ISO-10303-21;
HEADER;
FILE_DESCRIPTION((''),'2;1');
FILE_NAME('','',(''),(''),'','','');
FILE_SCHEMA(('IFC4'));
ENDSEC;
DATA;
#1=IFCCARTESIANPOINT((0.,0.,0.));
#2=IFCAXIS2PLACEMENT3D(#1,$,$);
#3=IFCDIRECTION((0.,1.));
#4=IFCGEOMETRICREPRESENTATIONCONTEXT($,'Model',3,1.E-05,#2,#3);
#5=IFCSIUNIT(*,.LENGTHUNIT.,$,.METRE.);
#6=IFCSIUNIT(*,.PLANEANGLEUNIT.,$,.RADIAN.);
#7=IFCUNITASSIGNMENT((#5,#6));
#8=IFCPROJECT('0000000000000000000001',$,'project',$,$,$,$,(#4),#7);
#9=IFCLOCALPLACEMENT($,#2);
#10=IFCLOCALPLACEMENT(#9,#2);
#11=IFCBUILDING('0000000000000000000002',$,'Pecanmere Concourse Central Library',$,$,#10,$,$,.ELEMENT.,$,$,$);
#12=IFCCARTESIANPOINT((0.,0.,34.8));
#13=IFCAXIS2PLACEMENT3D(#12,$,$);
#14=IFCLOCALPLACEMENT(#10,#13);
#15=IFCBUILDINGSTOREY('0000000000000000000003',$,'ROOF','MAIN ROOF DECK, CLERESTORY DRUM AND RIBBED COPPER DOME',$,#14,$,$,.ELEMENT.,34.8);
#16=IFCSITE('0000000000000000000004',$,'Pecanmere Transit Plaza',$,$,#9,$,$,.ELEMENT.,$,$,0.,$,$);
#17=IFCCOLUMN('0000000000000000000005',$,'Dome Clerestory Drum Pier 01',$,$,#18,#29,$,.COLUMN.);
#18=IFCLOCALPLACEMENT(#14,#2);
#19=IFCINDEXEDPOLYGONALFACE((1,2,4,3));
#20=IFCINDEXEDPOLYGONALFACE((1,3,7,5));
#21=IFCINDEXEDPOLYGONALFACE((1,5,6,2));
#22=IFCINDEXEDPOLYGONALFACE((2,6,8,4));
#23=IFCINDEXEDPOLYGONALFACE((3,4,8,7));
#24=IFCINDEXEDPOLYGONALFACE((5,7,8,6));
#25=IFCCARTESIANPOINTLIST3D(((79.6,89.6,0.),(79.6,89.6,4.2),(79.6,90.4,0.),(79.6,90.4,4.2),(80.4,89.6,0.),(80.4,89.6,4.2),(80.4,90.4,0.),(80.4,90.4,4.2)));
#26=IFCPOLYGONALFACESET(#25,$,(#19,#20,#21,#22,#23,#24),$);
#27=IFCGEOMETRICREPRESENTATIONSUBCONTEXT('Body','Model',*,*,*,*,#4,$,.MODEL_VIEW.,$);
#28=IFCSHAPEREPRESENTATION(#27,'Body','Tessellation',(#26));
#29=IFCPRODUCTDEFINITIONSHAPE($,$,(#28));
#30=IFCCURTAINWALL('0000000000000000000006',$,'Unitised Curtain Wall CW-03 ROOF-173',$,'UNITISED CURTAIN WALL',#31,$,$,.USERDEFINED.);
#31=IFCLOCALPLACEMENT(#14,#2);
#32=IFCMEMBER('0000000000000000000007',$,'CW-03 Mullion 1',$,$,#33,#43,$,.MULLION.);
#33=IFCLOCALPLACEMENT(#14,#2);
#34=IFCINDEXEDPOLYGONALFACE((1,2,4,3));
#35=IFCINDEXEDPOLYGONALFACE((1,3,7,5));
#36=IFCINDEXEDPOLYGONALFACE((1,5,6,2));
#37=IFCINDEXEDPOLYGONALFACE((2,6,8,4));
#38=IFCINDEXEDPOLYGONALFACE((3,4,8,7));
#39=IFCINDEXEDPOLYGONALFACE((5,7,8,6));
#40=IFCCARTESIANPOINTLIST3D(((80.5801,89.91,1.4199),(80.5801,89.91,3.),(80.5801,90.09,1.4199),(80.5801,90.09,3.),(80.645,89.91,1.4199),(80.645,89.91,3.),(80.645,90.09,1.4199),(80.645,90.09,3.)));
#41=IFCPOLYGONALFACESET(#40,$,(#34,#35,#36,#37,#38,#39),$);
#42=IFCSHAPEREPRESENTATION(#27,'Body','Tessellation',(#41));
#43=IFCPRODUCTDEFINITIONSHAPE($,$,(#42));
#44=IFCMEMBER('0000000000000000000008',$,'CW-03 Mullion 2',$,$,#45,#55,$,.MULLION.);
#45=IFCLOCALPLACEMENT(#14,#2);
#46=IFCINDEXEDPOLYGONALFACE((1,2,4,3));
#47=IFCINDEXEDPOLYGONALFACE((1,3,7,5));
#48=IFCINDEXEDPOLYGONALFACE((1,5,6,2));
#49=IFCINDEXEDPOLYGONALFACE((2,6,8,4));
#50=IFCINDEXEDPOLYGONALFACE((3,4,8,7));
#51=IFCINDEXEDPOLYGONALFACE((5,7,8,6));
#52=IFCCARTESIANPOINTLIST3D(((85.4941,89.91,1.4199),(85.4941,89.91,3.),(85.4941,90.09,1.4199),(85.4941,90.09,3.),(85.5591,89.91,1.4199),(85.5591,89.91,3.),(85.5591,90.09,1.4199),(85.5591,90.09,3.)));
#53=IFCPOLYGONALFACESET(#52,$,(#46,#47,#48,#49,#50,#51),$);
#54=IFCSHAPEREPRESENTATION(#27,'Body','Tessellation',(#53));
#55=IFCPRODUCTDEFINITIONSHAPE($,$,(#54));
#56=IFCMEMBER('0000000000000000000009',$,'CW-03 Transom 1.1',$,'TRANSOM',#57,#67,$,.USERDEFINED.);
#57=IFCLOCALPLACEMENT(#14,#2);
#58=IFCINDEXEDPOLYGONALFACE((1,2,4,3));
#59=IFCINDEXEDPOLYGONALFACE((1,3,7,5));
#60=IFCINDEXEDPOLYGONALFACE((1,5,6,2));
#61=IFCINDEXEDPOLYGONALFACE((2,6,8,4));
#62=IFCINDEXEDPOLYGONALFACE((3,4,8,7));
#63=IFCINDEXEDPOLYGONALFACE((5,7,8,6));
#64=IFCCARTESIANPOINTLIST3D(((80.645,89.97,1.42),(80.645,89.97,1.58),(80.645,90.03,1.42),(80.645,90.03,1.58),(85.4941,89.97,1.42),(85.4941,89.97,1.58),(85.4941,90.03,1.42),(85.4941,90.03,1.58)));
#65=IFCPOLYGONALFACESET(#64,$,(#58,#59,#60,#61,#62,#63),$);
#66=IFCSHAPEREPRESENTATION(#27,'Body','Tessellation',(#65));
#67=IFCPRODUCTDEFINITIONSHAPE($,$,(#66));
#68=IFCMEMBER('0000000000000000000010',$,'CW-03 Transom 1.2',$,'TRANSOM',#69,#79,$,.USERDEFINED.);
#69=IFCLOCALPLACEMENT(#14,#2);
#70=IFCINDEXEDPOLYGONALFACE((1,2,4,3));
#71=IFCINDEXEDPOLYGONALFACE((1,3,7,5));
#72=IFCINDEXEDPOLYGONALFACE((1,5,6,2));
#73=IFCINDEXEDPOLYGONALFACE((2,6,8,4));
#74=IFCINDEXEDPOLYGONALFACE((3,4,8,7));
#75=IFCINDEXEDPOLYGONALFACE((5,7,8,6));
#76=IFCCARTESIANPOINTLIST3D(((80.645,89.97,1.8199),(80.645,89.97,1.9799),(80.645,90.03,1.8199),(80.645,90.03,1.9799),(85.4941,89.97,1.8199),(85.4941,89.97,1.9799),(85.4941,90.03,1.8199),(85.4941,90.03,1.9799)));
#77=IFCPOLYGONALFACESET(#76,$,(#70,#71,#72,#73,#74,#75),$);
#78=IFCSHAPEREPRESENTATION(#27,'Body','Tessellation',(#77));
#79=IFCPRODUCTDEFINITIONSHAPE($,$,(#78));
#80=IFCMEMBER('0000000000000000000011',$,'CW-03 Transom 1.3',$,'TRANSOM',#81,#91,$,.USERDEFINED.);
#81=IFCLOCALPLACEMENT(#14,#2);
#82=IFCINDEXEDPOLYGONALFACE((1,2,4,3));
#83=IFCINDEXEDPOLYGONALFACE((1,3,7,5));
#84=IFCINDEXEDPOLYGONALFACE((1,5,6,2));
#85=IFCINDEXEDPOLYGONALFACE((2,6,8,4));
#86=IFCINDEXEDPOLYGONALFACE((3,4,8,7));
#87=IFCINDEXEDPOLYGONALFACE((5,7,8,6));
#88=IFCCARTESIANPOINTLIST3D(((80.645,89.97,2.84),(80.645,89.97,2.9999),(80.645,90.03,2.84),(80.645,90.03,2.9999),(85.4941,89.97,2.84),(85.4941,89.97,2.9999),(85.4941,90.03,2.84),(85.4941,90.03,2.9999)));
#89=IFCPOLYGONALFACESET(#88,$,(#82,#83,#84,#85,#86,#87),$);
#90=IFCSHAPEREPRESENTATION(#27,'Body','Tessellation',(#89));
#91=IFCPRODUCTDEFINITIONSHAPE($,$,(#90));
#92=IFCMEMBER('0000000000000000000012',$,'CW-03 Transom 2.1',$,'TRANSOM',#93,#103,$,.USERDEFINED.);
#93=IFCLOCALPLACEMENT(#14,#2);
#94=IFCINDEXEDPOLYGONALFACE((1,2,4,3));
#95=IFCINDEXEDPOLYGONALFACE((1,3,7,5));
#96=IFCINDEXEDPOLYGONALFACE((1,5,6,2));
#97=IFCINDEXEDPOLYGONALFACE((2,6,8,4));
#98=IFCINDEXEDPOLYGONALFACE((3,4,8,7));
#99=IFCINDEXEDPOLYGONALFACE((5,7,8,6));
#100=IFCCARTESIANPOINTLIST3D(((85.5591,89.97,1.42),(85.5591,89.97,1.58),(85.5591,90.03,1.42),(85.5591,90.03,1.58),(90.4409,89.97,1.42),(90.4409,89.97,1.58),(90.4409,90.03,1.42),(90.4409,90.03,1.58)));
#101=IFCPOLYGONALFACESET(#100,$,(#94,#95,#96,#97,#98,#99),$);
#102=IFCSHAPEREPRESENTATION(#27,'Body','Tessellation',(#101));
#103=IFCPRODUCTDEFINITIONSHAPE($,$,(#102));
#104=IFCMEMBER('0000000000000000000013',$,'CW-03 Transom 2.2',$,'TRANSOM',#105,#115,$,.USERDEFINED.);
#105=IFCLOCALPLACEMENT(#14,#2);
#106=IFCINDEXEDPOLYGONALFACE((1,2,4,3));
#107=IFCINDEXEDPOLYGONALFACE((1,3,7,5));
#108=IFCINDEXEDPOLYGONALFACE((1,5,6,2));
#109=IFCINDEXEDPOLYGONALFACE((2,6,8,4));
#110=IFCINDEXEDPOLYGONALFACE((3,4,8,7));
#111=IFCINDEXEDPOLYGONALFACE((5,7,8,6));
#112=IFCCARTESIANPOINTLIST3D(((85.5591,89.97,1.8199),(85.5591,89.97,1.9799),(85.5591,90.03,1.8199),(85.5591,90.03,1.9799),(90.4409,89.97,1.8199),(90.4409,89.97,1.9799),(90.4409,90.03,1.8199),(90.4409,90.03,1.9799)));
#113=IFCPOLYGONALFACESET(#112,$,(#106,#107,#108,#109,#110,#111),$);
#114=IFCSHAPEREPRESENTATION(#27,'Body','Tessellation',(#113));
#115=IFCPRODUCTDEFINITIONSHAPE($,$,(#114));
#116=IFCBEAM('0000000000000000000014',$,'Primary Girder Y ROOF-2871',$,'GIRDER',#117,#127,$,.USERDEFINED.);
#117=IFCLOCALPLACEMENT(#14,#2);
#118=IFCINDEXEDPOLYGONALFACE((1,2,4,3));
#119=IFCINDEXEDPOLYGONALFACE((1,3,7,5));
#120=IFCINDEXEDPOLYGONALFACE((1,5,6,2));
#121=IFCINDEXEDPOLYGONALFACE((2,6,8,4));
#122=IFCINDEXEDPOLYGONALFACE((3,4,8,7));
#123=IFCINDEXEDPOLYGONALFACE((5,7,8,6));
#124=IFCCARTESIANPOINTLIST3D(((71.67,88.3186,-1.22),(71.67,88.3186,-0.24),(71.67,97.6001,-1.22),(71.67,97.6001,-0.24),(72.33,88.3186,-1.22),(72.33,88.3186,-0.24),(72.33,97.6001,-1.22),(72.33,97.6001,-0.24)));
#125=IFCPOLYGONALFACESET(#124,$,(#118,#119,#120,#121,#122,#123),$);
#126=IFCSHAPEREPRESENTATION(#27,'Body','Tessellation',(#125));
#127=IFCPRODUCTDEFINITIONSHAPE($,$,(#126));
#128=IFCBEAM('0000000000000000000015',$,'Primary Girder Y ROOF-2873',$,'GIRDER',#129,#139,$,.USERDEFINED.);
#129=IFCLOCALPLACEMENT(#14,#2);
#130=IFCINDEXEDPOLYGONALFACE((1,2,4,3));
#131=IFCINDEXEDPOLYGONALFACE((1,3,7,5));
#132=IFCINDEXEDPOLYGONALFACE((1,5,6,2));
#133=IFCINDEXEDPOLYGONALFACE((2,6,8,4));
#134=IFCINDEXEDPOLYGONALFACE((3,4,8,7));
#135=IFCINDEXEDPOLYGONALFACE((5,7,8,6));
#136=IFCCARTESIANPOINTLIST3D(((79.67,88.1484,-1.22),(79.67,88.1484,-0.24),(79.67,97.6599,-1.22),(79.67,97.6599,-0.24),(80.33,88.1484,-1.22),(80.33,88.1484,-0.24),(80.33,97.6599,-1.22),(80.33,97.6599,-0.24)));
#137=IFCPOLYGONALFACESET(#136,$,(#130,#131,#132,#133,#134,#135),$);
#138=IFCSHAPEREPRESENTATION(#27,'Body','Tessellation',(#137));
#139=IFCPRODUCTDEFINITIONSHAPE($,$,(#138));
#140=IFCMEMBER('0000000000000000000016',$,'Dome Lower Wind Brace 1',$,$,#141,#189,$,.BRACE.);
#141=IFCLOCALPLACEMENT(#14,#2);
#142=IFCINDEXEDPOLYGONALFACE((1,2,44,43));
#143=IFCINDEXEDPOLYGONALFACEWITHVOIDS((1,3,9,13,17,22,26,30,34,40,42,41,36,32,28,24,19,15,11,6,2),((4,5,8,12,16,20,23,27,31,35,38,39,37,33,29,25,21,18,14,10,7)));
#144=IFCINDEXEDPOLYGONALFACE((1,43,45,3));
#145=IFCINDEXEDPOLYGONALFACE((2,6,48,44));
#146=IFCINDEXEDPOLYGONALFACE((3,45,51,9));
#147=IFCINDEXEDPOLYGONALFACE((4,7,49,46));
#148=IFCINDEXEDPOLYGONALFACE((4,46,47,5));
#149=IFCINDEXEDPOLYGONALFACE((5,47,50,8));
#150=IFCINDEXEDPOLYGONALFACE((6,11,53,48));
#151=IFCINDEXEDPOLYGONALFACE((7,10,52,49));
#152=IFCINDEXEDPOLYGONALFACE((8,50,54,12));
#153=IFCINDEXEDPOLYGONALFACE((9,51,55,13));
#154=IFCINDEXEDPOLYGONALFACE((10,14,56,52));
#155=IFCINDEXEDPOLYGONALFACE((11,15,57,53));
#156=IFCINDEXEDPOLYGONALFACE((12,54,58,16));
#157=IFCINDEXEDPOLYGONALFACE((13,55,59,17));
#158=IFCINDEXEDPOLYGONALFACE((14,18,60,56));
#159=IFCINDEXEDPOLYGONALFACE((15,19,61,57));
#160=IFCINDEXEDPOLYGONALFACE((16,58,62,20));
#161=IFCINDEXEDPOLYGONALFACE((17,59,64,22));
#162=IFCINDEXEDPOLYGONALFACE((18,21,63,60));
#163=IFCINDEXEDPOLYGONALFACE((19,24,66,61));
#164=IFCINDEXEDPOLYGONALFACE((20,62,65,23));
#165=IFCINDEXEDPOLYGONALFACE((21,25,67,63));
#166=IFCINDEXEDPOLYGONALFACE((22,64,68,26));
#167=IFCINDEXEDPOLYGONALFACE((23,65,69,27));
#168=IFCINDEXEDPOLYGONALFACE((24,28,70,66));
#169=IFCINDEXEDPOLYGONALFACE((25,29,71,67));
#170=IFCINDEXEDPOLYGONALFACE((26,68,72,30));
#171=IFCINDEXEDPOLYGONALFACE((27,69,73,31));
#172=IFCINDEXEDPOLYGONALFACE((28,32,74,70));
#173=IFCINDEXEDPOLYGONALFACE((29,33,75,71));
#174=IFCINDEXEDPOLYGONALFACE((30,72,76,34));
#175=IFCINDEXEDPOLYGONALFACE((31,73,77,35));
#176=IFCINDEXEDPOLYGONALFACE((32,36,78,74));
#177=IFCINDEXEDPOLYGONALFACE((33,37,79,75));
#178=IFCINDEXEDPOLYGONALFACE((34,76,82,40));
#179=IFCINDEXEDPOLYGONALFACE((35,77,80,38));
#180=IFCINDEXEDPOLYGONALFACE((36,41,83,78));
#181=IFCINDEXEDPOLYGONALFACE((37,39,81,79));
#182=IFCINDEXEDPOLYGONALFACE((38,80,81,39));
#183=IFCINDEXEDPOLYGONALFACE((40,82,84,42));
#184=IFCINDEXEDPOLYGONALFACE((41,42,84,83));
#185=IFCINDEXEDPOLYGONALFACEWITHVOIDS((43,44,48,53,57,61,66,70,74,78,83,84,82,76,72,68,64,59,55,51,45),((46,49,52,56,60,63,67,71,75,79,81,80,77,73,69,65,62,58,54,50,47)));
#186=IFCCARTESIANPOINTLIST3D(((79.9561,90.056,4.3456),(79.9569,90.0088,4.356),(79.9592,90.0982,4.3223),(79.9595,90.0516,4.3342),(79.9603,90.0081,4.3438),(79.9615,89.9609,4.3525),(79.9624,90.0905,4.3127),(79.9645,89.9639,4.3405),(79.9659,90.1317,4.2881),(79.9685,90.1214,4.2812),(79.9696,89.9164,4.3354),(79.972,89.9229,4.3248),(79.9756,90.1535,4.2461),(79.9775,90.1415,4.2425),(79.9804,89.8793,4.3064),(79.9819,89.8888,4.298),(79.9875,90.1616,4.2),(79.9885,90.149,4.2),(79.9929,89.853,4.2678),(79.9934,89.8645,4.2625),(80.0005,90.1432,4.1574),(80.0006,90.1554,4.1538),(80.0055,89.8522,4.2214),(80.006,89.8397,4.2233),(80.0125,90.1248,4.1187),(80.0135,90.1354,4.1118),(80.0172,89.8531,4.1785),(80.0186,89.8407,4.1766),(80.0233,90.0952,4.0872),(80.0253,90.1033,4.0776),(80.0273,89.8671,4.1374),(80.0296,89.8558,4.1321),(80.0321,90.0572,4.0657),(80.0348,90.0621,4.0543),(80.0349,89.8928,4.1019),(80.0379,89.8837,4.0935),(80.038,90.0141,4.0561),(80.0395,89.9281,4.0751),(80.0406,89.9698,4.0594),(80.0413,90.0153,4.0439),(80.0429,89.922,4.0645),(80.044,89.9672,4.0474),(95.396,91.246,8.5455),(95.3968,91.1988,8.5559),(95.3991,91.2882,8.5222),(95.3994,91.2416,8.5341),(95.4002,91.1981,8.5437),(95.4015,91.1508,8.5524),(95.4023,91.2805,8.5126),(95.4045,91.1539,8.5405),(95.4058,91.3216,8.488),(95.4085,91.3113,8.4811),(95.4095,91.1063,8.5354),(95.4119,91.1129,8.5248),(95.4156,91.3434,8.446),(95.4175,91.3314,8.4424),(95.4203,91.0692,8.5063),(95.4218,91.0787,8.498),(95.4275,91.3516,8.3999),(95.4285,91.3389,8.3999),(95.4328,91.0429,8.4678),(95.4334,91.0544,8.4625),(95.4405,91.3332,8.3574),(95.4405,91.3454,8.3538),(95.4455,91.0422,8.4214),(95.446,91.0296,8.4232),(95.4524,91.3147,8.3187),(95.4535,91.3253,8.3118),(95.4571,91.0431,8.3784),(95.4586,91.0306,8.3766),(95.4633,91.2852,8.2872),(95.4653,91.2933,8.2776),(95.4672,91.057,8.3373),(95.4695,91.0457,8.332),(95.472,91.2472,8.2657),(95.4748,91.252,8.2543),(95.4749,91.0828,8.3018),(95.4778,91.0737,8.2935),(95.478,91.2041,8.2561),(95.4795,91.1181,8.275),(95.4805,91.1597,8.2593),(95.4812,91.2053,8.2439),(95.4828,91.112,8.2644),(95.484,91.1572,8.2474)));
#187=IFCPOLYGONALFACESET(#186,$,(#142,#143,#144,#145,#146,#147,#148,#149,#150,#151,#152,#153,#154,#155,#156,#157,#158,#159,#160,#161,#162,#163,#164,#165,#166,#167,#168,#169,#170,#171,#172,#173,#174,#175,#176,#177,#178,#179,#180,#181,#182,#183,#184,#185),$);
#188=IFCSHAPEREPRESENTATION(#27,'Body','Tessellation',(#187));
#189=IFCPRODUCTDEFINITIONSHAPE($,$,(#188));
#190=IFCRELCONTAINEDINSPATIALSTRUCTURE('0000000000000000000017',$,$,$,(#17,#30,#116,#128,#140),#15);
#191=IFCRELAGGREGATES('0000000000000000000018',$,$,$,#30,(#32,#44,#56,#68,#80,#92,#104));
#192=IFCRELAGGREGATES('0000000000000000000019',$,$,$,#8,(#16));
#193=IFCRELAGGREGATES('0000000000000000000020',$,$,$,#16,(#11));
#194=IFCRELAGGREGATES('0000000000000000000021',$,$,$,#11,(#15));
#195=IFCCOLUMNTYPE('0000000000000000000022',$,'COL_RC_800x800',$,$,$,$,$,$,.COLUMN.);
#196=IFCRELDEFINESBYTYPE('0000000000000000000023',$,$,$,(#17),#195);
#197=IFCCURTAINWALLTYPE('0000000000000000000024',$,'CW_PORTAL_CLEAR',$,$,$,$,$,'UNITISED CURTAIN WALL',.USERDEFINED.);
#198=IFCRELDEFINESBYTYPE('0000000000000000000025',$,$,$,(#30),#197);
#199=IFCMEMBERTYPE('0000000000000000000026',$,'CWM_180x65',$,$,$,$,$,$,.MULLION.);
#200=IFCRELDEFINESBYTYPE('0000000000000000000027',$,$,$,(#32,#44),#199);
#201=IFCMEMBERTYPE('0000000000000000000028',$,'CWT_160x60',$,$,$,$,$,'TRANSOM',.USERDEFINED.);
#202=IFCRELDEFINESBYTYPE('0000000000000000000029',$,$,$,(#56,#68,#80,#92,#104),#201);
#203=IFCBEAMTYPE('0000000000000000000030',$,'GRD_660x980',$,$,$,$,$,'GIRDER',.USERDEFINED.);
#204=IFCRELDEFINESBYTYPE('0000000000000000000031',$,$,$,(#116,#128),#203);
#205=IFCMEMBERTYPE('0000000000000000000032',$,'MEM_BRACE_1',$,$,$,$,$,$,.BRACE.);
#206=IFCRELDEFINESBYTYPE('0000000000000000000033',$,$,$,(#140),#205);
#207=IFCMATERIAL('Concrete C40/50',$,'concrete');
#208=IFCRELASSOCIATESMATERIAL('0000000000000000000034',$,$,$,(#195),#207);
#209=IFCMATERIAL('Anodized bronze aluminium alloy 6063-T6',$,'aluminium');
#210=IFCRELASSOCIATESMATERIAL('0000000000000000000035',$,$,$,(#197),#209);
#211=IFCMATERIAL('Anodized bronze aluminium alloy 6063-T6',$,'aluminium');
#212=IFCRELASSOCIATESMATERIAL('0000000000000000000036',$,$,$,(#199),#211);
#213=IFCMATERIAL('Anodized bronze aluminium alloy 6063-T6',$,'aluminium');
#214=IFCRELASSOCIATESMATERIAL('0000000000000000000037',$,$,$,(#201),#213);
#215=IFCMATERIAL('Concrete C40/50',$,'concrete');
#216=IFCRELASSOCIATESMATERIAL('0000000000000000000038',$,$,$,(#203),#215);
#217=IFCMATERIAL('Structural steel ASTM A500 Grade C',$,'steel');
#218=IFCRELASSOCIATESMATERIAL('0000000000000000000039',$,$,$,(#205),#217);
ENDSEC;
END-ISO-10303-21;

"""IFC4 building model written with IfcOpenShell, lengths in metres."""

from ifc_helpers import new_model, si_unit, direction, frame, origin, origin_2d, place, context, subcontext, project, spatial, rectangle, hollow_circle, extrude, material, material_profile, profile_set, type_object, element, aggregate, save


model = new_model("IFC4")

# Units and contexts
model_context = context("Model", 3, precision=1e-05, world=origin(), true_north=direction((0.0, 1.0)))
body_context = subcontext(model_context, "Body", "Model", "MODEL_VIEW")
ifc_project = project(units=[si_unit("LENGTHUNIT", "METRE"), si_unit("PLANEANGLEUNIT", "RADIAN")], contexts=[model_context])

# Site, building, storey
site_placement = place(None, origin())
site = spatial("IfcSite", under=ifc_project, at=site_placement, Name="Pecanmere Transit Plaza", CompositionType="ELEMENT", RefElevation=0.0)
building_placement = place(site_placement, origin())
building = spatial("IfcBuilding", under=site, at=building_placement, Name="Pecanmere Concourse Central Library", CompositionType="ELEMENT")
storey_placement = place(building_placement, frame((0.0, 0.0, 34.8)))
storey = spatial("IfcBuildingStorey", under=building, at=storey_placement, Name="ROOF", Description="MAIN ROOF DECK, CLERESTORY DRUM AND RIBBED COPPER DOME", CompositionType="ELEMENT", Elevation=34.8)

# Column
ifc_material_1 = material(Name="Concrete C40/50", Category="concrete")
ifc_material_profile_1 = material_profile(ifc_material_1, rectangle(XDim=0.8, YDim=0.8, at=origin_2d()), Name="RC 800x800")
ifc_profile_set_1 = profile_set([ifc_material_profile_1], Name="Concrete C40/50")
column_type = type_object("IfcColumnType", Name="COL_RC_800x800", PredefinedType="COLUMN", material=ifc_profile_set_1)
column_placement = place(storey_placement, frame((80.0, 90.0, 0.0), z_axis=(0.0, 0.0, 1.0), x_axis=(1.0, 0.0, 0.0)))
element("IfcColumn", 1, at=column_placement, inside=storey, type_object=column_type, Name="Dome Clerestory Drum Pier 01", PredefinedType="COLUMN", context=body_context, shape_type="SweptSolid", body=[
    extrude(rectangle(XDim=0.8, YDim=0.8, at=origin_2d()), origin(), (0.0, 0.0, 1.0), 4.2),
])

# Curtain wall, members
ifc_material_2 = material(Name="Anodized bronze aluminium alloy 6063-T6", Category="aluminium")
curtain_wall_type = type_object("IfcCurtainWallType", Name="CW_PORTAL_CLEAR", ElementType="UNITISED CURTAIN WALL", PredefinedType="USERDEFINED", material=ifc_material_2)
curtain_wall_placement = place(storey_placement, origin())
curtain_wall = element("IfcCurtainWall", 2, at=curtain_wall_placement, inside=storey, type_object=curtain_wall_type, Name="Unitised Curtain Wall CW-03 ROOF-173", ObjectType="UNITISED CURTAIN WALL", PredefinedType="USERDEFINED")
ifc_material_3 = material(Name="Anodized bronze aluminium alloy 6063-T6", Category="aluminium")
ifc_material_profile_2 = material_profile(ifc_material_3, rectangle(XDim=0.0649, YDim=0.1799, at=origin_2d()), Name="AL 65x180")
ifc_profile_set_2 = profile_set([ifc_material_profile_2], Name="Anodized bronze aluminium alloy 6063-T6")
member_type_1 = type_object("IfcMemberType", Name="CWM_180x65", PredefinedType="MULLION", material=ifc_profile_set_2)
member_1_placement = place(storey_placement, frame((80.6125, 90.0, 1.4199), z_axis=(0.0, 0.0, 1.0), x_axis=(1.0, 0.0, 0.0)))
member_1 = element("IfcMember", 3, at=member_1_placement, type_object=member_type_1, Name="CW-03 Mullion 1", PredefinedType="MULLION", context=body_context, shape_type="SweptSolid", body=[
    extrude(rectangle(XDim=0.0649, YDim=0.1799, at=origin_2d()), origin(), (0.0, 0.0, 1.0), 1.5801),
])
member_2_placement = place(storey_placement, frame((85.5266, 90.0, 1.4199), z_axis=(0.0, 0.0, 1.0), x_axis=(1.0, 0.0, 0.0)))
member_2 = element("IfcMember", 4, at=member_2_placement, type_object=member_type_1, Name="CW-03 Mullion 2", PredefinedType="MULLION", context=body_context, shape_type="SweptSolid", body=[
    extrude(rectangle(XDim=0.0649, YDim=0.1799, at=origin_2d()), origin(), (0.0, 0.0, 1.0), 1.5801),
])
ifc_material_4 = material(Name="Anodized bronze aluminium alloy 6063-T6", Category="aluminium")
ifc_material_profile_3 = material_profile(ifc_material_4, rectangle(XDim=0.0601, YDim=0.1599, at=origin_2d()), Name="AL 60x160")
ifc_profile_set_3 = profile_set([ifc_material_profile_3], Name="Anodized bronze aluminium alloy 6063-T6")
member_type_2 = type_object("IfcMemberType", Name="CWT_160x60", ElementType="TRANSOM", PredefinedType="USERDEFINED", material=ifc_profile_set_3)
member_3_placement = place(storey_placement, frame((80.645, 90.0, 1.5), z_axis=(1.0, 0.0, 0.0), x_axis=(0.0, 1.0, 0.0)))
member_3 = element("IfcMember", 5, at=member_3_placement, type_object=member_type_2, Name="CW-03 Transom 1.1", ObjectType="TRANSOM", PredefinedType="USERDEFINED", context=body_context, shape_type="SweptSolid", body=[
    extrude(rectangle(XDim=0.0601, YDim=0.1599, at=origin_2d()), origin(), (0.0, 0.0, 1.0), 4.8491),
])
member_4_placement = place(storey_placement, frame((80.645, 90.0, 1.8999), z_axis=(1.0, 0.0, 0.0), x_axis=(0.0, 1.0, 0.0)))
member_4 = element("IfcMember", 6, at=member_4_placement, type_object=member_type_2, Name="CW-03 Transom 1.2", ObjectType="TRANSOM", PredefinedType="USERDEFINED", context=body_context, shape_type="SweptSolid", body=[
    extrude(rectangle(XDim=0.0601, YDim=0.1599, at=origin_2d()), origin(), (0.0, 0.0, 1.0), 4.8491),
])
member_5_placement = place(storey_placement, frame((80.645, 90.0, 2.9199), z_axis=(1.0, 0.0, 0.0), x_axis=(0.0, 1.0, 0.0)))
member_5 = element("IfcMember", 7, at=member_5_placement, type_object=member_type_2, Name="CW-03 Transom 1.3", ObjectType="TRANSOM", PredefinedType="USERDEFINED", context=body_context, shape_type="SweptSolid", body=[
    extrude(rectangle(XDim=0.0601, YDim=0.1599, at=origin_2d()), origin(), (0.0, 0.0, 1.0), 4.8491),
])
member_6_placement = place(storey_placement, frame((85.5591, 90.0, 1.5), z_axis=(1.0, 0.0, 0.0), x_axis=(0.0, 1.0, 0.0)))
member_6 = element("IfcMember", 8, at=member_6_placement, type_object=member_type_2, Name="CW-03 Transom 2.1", ObjectType="TRANSOM", PredefinedType="USERDEFINED", context=body_context, shape_type="SweptSolid", body=[
    extrude(rectangle(XDim=0.0601, YDim=0.1599, at=origin_2d()), origin(), (0.0, 0.0, 1.0), 4.8818),
])
member_7_placement = place(storey_placement, frame((85.5591, 90.0, 1.8999), z_axis=(1.0, 0.0, 0.0), x_axis=(0.0, 1.0, 0.0)))
member_7 = element("IfcMember", 9, at=member_7_placement, type_object=member_type_2, Name="CW-03 Transom 2.2", ObjectType="TRANSOM", PredefinedType="USERDEFINED", context=body_context, shape_type="SweptSolid", body=[
    extrude(rectangle(XDim=0.0601, YDim=0.1599, at=origin_2d()), origin(), (0.0, 0.0, 1.0), 4.8818),
])

# Beams
ifc_material_5 = material(Name="Concrete C40/50", Category="concrete")
ifc_material_profile_4 = material_profile(ifc_material_5, rectangle(XDim=0.6599, YDim=0.98, at=origin_2d()), Name="RC 660x980")
ifc_profile_set_4 = profile_set([ifc_material_profile_4], Name="Concrete C40/50")
beam_type_1 = type_object("IfcBeamType", Name="GRD_660x980", ElementType="GIRDER", PredefinedType="USERDEFINED", material=ifc_profile_set_4)
beam_1_placement = place(storey_placement, frame((72.0, 88.3186, -0.73), z_axis=(0.0, 1.0, 0.0), x_axis=(-1.0, 0.0, 0.0)))
element("IfcBeam", 10, at=beam_1_placement, inside=storey, type_object=beam_type_1, Name="Primary Girder Y ROOF-2871", ObjectType="GIRDER", PredefinedType="USERDEFINED", context=body_context, shape_type="SweptSolid", body=[
    extrude(rectangle(XDim=0.6599, YDim=0.98, at=origin_2d()), origin(), (0.0, 0.0, 1.0), 9.2815),
])
beam_2_placement = place(storey_placement, frame((80.0, 88.1484, -0.73), z_axis=(0.0, 1.0, 0.0), x_axis=(-1.0, 0.0, 0.0)))
element("IfcBeam", 11, at=beam_2_placement, inside=storey, type_object=beam_type_1, Name="Primary Girder Y ROOF-2873", ObjectType="GIRDER", PredefinedType="USERDEFINED", context=body_context, shape_type="SweptSolid", body=[
    extrude(rectangle(XDim=0.6599, YDim=0.98, at=origin_2d()), origin(), (0.0, 0.0, 1.0), 9.5115),
])

# Member
ifc_material_6 = material(Name="Structural steel ASTM A500 Grade C", Category="steel")
ifc_material_profile_5 = material_profile(ifc_material_6, hollow_circle(Radius=0.1621, WallThickness=0.0127, at=origin_2d()), Name="HSS323.9x12.7")
ifc_profile_set_5 = profile_set([ifc_material_profile_5], Name="Structural steel ASTM A500 Grade C")
member_type_3 = type_object("IfcMemberType", Name="MEM_BRACE_1", PredefinedType="BRACE", material=ifc_profile_set_5)
member_8_placement = place(storey_placement, frame((80.0, 90.0, 4.2), z_axis=(0.96228, 0.074162, 0.261758), x_axis=(-0.076841, 0.997043, 0.0)))
element("IfcMember", 12, at=member_8_placement, inside=storey, type_object=member_type_3, Name="Dome Lower Wind Brace 1", PredefinedType="BRACE", context=body_context, shape_type="SweptSolid", body=[
    extrude(hollow_circle(Radius=0.1621, WallThickness=0.0127, at=origin_2d()), origin(), (0.0, 0.0, 1.0), 16.0452),
])

aggregate(curtain_wall, [member_1, member_2, member_3, member_4, member_5, member_6, member_7])

save(model, "model.ifc")
